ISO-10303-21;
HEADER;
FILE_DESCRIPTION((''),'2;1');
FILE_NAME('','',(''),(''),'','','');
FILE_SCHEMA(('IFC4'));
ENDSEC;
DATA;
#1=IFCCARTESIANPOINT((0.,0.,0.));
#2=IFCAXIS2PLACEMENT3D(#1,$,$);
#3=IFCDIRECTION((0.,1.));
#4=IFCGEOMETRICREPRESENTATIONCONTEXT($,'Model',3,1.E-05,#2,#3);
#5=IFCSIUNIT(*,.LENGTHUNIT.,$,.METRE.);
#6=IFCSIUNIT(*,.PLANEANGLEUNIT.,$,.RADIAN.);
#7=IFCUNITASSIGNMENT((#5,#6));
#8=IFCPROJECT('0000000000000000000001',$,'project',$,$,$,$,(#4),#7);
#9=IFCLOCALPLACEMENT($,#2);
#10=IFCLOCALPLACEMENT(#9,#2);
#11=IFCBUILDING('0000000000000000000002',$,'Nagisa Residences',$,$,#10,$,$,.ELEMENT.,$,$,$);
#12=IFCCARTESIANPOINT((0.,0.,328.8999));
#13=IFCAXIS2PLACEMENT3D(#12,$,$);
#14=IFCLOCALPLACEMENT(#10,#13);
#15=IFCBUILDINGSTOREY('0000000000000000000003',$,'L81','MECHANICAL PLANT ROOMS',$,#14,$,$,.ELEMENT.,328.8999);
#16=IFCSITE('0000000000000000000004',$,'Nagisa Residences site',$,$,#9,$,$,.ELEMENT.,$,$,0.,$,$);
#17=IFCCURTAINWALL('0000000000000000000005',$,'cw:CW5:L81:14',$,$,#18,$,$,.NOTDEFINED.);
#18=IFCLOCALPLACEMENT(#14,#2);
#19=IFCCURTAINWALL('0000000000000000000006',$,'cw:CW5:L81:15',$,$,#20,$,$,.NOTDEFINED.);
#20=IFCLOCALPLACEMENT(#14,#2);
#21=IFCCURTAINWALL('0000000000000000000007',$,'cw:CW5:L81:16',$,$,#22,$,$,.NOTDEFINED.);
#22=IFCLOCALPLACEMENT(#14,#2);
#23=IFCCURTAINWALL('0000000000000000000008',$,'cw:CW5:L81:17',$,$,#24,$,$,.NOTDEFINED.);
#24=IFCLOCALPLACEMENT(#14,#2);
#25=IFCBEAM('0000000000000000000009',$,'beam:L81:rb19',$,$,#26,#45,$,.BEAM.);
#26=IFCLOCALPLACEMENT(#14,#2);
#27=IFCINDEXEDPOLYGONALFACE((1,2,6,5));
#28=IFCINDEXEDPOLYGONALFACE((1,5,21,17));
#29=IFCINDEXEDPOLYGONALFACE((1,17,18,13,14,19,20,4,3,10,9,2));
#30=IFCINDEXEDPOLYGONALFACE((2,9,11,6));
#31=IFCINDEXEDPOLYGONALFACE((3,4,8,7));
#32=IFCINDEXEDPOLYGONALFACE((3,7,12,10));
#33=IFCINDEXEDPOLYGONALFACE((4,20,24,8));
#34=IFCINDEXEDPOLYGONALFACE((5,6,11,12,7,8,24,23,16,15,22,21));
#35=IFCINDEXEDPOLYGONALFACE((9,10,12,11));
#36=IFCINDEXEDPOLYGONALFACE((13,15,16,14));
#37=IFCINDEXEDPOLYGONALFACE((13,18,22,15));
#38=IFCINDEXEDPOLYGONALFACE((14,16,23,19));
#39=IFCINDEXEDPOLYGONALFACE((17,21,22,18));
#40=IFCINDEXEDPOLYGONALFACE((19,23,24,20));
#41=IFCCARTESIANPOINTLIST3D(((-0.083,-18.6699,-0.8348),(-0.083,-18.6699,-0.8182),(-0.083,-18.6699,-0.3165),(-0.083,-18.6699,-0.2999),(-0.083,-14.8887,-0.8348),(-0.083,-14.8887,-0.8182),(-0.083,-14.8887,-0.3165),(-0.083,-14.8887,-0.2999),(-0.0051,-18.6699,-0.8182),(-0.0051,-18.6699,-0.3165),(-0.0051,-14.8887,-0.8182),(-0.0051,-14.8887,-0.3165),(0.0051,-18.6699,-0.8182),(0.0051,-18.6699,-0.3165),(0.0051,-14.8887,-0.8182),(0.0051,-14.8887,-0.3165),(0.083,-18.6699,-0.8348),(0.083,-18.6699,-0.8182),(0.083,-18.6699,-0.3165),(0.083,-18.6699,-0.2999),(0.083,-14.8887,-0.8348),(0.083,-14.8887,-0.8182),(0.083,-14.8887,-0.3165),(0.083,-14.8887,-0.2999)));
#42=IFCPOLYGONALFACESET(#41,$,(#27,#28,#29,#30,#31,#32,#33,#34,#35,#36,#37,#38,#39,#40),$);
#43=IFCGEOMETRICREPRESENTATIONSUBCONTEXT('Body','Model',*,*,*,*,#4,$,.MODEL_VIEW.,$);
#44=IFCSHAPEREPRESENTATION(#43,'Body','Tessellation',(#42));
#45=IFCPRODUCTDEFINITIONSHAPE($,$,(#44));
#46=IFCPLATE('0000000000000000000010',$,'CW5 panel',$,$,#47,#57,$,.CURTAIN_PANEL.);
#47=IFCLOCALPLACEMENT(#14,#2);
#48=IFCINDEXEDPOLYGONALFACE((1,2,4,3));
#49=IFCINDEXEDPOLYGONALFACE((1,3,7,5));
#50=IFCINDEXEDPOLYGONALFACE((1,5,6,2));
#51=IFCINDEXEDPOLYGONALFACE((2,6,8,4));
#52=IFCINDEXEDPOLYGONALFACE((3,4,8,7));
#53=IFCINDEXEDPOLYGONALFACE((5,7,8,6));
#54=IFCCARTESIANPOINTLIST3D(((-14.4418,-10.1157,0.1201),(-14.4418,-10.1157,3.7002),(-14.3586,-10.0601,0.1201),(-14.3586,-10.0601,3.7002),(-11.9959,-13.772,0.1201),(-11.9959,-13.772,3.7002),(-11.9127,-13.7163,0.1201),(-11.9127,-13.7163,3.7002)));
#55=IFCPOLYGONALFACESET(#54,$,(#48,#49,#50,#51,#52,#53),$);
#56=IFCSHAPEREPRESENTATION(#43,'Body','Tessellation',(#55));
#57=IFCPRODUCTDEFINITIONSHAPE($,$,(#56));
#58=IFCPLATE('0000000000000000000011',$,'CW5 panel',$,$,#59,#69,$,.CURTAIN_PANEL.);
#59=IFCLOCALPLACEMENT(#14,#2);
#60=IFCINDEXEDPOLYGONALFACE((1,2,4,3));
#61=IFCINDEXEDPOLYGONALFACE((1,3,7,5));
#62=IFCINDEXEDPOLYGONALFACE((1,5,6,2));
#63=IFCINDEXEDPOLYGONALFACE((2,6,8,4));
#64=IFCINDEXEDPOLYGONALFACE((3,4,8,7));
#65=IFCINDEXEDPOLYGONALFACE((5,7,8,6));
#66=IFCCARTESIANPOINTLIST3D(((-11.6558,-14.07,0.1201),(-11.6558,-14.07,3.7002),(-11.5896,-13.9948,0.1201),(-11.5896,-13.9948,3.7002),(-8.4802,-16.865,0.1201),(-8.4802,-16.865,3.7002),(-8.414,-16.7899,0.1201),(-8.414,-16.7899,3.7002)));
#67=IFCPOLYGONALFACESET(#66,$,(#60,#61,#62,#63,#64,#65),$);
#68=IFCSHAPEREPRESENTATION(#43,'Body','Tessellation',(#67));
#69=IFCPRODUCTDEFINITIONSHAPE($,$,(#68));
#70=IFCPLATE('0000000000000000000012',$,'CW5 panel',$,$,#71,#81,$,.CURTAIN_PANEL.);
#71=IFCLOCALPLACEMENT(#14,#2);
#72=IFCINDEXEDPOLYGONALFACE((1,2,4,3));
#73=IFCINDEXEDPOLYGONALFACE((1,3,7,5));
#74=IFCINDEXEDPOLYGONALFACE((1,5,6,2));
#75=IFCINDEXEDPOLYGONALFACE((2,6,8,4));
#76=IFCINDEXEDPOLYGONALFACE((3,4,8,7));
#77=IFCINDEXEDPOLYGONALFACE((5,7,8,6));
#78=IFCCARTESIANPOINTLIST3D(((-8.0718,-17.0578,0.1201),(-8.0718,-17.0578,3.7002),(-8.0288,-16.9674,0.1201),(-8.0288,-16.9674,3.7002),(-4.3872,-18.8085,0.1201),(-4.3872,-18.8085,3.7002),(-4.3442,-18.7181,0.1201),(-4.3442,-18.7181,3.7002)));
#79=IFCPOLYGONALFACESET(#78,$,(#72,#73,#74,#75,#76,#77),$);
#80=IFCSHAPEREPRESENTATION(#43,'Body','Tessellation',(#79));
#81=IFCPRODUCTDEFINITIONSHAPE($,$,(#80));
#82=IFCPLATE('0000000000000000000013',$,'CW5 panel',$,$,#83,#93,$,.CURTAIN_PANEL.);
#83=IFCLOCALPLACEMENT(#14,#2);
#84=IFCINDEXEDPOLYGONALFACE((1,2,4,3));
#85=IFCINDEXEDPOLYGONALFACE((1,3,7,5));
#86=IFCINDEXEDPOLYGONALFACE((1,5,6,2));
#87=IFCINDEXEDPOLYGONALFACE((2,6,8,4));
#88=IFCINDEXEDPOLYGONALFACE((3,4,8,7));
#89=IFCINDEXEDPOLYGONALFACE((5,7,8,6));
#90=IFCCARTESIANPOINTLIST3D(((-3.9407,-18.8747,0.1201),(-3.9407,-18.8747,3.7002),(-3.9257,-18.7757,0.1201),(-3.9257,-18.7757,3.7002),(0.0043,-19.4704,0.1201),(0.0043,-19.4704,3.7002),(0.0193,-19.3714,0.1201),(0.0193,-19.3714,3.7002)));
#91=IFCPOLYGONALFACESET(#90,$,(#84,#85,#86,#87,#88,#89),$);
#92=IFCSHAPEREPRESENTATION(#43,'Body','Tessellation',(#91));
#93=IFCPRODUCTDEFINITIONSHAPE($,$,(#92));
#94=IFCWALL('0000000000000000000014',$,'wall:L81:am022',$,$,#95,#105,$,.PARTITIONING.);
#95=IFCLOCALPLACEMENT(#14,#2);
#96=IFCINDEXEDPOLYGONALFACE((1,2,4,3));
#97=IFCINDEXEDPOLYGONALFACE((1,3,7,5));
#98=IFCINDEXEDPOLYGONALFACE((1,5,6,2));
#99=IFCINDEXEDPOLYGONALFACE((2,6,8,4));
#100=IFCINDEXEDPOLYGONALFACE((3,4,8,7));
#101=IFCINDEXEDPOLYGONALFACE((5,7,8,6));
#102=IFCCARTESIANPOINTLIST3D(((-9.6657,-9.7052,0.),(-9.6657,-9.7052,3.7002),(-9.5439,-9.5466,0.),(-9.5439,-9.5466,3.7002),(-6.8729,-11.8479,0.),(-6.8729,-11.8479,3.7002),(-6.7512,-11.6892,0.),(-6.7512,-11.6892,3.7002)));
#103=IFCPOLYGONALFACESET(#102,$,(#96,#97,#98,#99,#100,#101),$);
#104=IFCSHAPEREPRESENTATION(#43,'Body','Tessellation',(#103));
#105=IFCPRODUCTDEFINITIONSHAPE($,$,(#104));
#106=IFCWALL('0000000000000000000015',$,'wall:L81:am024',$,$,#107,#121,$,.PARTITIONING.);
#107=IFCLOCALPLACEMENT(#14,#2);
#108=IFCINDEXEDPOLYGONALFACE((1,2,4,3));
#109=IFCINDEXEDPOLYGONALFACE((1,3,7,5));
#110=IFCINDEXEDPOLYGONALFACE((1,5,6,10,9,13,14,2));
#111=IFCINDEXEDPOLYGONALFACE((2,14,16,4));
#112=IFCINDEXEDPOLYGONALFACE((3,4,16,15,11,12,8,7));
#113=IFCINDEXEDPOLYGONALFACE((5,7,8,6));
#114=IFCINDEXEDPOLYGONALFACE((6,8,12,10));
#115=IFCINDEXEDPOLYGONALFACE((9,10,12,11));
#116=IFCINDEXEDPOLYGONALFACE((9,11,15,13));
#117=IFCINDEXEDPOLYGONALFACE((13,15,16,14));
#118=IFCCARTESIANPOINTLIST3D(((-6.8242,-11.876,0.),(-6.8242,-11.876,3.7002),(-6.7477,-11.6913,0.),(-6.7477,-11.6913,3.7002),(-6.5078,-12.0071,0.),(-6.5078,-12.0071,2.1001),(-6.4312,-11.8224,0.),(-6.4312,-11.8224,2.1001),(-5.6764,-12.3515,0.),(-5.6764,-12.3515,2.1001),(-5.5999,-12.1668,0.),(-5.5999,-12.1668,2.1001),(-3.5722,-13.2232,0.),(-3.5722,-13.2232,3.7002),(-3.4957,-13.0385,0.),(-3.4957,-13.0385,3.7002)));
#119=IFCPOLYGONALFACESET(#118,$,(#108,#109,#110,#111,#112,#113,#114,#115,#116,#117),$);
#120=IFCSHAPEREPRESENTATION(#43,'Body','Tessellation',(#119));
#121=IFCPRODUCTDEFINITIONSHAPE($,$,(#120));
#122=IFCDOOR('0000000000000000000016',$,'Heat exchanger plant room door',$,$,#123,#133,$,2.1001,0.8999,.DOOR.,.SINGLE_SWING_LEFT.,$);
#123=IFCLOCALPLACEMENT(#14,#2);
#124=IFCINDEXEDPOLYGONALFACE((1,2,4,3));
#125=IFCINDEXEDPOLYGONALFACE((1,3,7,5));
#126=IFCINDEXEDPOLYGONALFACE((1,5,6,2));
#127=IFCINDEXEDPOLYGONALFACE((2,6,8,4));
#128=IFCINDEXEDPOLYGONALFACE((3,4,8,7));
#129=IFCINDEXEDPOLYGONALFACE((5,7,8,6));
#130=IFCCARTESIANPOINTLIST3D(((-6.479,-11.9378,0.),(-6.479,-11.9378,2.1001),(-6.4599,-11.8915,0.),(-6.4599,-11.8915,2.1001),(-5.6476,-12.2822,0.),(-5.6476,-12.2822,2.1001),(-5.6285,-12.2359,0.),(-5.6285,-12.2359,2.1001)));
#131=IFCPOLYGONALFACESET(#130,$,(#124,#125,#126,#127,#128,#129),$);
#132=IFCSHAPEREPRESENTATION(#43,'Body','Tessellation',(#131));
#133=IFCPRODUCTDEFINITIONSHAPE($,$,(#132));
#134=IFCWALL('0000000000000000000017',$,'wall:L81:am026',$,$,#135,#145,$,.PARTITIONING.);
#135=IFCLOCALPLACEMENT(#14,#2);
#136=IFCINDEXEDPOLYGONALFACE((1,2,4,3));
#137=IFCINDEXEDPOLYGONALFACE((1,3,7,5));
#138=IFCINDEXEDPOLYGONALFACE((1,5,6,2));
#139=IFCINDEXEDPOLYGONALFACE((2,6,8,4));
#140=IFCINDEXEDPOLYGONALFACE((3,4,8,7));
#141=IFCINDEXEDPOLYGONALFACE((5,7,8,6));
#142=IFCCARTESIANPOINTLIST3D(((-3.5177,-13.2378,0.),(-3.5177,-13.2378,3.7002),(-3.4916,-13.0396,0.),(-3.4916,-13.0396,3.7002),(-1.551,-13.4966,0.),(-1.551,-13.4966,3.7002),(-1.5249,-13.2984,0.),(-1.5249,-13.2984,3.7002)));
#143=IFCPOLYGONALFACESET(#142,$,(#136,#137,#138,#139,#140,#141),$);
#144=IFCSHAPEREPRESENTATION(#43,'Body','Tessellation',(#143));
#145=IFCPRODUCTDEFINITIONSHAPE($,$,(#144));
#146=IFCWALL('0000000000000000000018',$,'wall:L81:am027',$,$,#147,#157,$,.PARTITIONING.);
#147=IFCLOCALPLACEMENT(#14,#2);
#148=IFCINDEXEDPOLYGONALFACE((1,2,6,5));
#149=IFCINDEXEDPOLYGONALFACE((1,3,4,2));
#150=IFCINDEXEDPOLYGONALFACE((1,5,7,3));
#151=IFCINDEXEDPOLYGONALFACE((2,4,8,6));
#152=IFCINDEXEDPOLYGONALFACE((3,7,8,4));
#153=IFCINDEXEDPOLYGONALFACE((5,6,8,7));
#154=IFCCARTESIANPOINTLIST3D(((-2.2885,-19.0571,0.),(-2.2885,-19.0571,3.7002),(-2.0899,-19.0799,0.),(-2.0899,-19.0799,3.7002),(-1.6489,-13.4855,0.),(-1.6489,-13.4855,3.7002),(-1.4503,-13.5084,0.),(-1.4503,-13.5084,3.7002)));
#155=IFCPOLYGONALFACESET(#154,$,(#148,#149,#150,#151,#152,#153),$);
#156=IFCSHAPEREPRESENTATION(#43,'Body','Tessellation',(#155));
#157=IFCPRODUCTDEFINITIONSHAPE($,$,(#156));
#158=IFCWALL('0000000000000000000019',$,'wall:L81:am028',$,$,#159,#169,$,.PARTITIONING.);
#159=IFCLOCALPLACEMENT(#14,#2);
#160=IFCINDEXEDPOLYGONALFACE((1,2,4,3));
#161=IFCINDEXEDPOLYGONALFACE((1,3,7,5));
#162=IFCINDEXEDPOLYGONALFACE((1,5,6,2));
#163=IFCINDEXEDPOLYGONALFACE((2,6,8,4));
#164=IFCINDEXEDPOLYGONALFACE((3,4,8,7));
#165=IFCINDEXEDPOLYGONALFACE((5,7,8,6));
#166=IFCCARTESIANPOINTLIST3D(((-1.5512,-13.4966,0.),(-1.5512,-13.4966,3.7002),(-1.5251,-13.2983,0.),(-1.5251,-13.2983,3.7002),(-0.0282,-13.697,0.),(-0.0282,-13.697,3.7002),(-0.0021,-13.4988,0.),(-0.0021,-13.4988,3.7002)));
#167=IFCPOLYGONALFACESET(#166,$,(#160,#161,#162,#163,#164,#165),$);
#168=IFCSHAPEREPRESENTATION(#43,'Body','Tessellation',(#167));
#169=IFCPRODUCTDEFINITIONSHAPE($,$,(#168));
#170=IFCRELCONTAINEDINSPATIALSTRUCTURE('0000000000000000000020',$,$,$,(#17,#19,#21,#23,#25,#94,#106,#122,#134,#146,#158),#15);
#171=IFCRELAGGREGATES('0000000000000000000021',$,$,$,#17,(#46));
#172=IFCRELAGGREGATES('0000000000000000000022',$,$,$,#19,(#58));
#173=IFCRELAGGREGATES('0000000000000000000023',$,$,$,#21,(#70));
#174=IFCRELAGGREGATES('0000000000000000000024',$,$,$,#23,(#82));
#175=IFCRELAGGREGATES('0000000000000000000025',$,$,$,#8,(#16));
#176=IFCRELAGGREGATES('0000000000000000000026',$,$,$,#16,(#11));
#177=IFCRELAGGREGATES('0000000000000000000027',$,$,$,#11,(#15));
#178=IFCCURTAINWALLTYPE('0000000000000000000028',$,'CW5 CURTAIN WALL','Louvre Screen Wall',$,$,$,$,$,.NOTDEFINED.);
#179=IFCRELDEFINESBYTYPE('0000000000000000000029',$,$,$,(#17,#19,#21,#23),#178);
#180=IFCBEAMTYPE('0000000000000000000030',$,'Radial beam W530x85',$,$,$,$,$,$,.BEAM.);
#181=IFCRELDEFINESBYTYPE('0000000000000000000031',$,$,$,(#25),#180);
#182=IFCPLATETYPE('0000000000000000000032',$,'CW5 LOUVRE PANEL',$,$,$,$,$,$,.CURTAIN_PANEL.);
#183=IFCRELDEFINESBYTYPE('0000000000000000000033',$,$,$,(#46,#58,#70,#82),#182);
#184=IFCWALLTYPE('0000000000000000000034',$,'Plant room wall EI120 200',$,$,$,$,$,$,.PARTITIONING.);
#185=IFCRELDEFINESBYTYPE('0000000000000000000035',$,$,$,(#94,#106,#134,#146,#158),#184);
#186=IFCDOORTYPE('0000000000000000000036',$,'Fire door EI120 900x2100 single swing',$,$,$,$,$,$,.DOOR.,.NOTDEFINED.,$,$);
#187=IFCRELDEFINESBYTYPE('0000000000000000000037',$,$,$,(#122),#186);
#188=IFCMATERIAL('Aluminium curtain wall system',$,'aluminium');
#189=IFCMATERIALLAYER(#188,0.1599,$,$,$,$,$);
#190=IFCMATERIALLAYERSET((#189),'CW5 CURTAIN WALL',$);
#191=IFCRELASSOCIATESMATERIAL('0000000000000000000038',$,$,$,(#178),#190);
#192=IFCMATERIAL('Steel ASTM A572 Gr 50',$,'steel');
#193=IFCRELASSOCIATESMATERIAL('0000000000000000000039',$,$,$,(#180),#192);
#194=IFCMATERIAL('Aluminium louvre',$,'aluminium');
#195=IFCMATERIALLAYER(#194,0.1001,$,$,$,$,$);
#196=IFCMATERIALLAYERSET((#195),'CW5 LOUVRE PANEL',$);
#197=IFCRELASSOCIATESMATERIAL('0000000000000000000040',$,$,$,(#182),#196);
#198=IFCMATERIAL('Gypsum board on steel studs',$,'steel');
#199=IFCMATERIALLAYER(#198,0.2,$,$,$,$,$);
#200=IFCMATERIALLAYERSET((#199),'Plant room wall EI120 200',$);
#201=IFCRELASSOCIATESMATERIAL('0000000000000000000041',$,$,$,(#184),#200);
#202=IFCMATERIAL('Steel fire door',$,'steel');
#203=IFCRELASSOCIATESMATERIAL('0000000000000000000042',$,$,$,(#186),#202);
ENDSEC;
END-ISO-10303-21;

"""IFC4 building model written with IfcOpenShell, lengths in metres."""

from ifc_helpers import new_model, si_unit, direction, frame, frame_2d, origin, origin_2d, place, context, subcontext, project, spatial, rectangle, i_section, extrude, material, layer, layer_set, material_profile, profile_set, type_object, element, fill, aggregate, save


model = new_model("IFC4")

# Units and contexts
model_context = context("Model", 3, precision=1e-05, world=origin(), true_north=direction((0.0, 1.0)))
body_context = subcontext(model_context, "Body", "Model", "MODEL_VIEW")
ifc_project = project(units=[si_unit("LENGTHUNIT", "METRE"), si_unit("PLANEANGLEUNIT", "RADIAN")], contexts=[model_context])

# Site, building, storey
site_placement = place(None, origin())
site = spatial("IfcSite", under=ifc_project, at=site_placement, Name="Nagisa Residences site", CompositionType="ELEMENT", RefElevation=0.0)
building_placement = place(site_placement, origin())
building = spatial("IfcBuilding", under=site, at=building_placement, Name="Nagisa Residences", CompositionType="ELEMENT")
storey_placement = place(building_placement, frame((0.0, 0.0, 328.8999)))
storey = spatial("IfcBuildingStorey", under=building, at=storey_placement, Name="L81", Description="MECHANICAL PLANT ROOMS", CompositionType="ELEMENT", Elevation=328.8999)

# Curtain walls
ifc_material_1 = material(Name="Aluminium curtain wall system", Category="aluminium")
ifc_layer_1 = layer(ifc_material_1, 0.1599)
ifc_layer_set_1 = layer_set([ifc_layer_1], Name="CW5 CURTAIN WALL")
curtain_wall_type = type_object("IfcCurtainWallType", Name="CW5 CURTAIN WALL", Description="Louvre Screen Wall", PredefinedType="NOTDEFINED", material=ifc_layer_set_1)
curtain_wall_1_placement = place(storey_placement, origin())
curtain_wall_1 = element("IfcCurtainWall", 1, at=curtain_wall_1_placement, inside=storey, type_object=curtain_wall_type, Name="cw:CW5:L81:14", PredefinedType="NOTDEFINED")
curtain_wall_2_placement = place(storey_placement, origin())
curtain_wall_2 = element("IfcCurtainWall", 2, at=curtain_wall_2_placement, inside=storey, type_object=curtain_wall_type, Name="cw:CW5:L81:15", PredefinedType="NOTDEFINED")
curtain_wall_3_placement = place(storey_placement, origin())
curtain_wall_3 = element("IfcCurtainWall", 3, at=curtain_wall_3_placement, inside=storey, type_object=curtain_wall_type, Name="cw:CW5:L81:16", PredefinedType="NOTDEFINED")
curtain_wall_4_placement = place(storey_placement, origin())
curtain_wall_4 = element("IfcCurtainWall", 4, at=curtain_wall_4_placement, inside=storey, type_object=curtain_wall_type, Name="cw:CW5:L81:17", PredefinedType="NOTDEFINED")

# Beam
ifc_material_2 = material(Name="Steel ASTM A572 Gr 50", Category="steel")
ifc_material_profile_1 = material_profile(ifc_material_2, i_section(OverallWidth=0.166, OverallDepth=0.5349, WebThickness=0.0103, FlangeThickness=0.0166, at=origin_2d()), Name="W530x85")
ifc_profile_set_1 = profile_set([ifc_material_profile_1], Name="Steel ASTM A572 Gr 50")
beam_type_1 = type_object("IfcBeamType", Name="Radial beam W530x85", PredefinedType="BEAM", material=ifc_profile_set_1)
beam_1_placement = place(storey_placement, frame((0.0, -18.6699, -0.5674), z_axis=(0.0, 1.0, 0.0), x_axis=(-1.0, 0.0, 0.0)))
element("IfcBeam", 5, at=beam_1_placement, inside=storey, type_object=beam_type_1, Name="beam:L81:rb19", PredefinedType="BEAM", context=body_context, shape_type="SweptSolid", body=[
    extrude(i_section(OverallWidth=0.166, OverallDepth=0.5349, WebThickness=0.0103, FlangeThickness=0.0166, at=origin_2d()), origin(), (0.0, 0.0, 1.0), 3.7812),
])

# Plates
ifc_material_3 = material(Name="Aluminium louvre", Category="aluminium")
ifc_layer_2 = layer(ifc_material_3, 0.1001)
ifc_layer_set_2 = layer_set([ifc_layer_2], Name="CW5 LOUVRE PANEL")
plate_type = type_object("IfcPlateType", Name="CW5 LOUVRE PANEL", PredefinedType="CURTAIN_PANEL", material=ifc_layer_set_2)
plate_1_placement = place(storey_placement, frame((-13.1772, -11.916, 0.1201), z_axis=(0.0, 0.0, 1.0), x_axis=(0.556014, -0.831173, 0.0)))
plate_1 = element("IfcPlate", 6, at=plate_1_placement, type_object=plate_type, Name="CW5 panel", PredefinedType="CURTAIN_PANEL", context=body_context, shape_type="SweptSolid", body=[
    extrude(rectangle(XDim=4.3989, YDim=0.1001, at=origin_2d()), origin(), (0.0, 0.0, 1.0), 3.5801),
])
aggregate(curtain_wall_1, [plate_1])
plate_2_placement = place(storey_placement, frame((-10.0349, -15.4299, 0.1201), z_axis=(0.0, 0.0, 1.0), x_axis=(0.750651, -0.660699, 0.0)))
plate_2 = element("IfcPlate", 7, at=plate_2_placement, type_object=plate_type, Name="CW5 panel", PredefinedType="CURTAIN_PANEL", context=body_context, shape_type="SweptSolid", body=[
    extrude(rectangle(XDim=4.2305, YDim=0.1001, at=origin_2d()), origin(), (0.0, 0.0, 1.0), 3.5801),
])
aggregate(curtain_wall_2, [plate_2])
plate_3_placement = place(storey_placement, frame((-6.208, -17.8879, 0.1201), z_axis=(0.0, 0.0, 1.0), x_axis=(0.903233, -0.429151, 0.0)))
plate_3 = element("IfcPlate", 8, at=plate_3_placement, type_object=plate_type, Name="CW5 panel", PredefinedType="CURTAIN_PANEL", context=body_context, shape_type="SweptSolid", body=[
    extrude(rectangle(XDim=4.0793, YDim=0.1001, at=origin_2d()), origin(), (0.0, 0.0, 1.0), 3.5801),
])
aggregate(curtain_wall_3, [plate_3])
plate_4_placement = place(storey_placement, frame((-1.9607, -19.123, 0.1201), z_axis=(0.0, 0.0, 1.0), x_axis=(0.988789, -0.14932, 0.0)))
plate_4 = element("IfcPlate", 9, at=plate_4_placement, type_object=plate_type, Name="CW5 panel", PredefinedType="CURTAIN_PANEL", context=body_context, shape_type="SweptSolid", body=[
    extrude(rectangle(XDim=3.9897, YDim=0.1001, at=origin_2d()), origin(), (0.0, 0.0, 1.0), 3.5801),
])
aggregate(curtain_wall_4, [plate_4])

# Wall
ifc_material_4 = material(Name="Gypsum board on steel studs", Category="steel")
ifc_layer_3 = layer(ifc_material_4, 0.2)
ifc_layer_set_3 = layer_set([ifc_layer_3], Name="Plant room wall EI120 200")
wall_type = type_object("IfcWallType", Name="Plant room wall EI120 200", PredefinedType="PARTITIONING", material=ifc_layer_set_3)
wall_1_placement = place(storey_placement, frame((-6.812, -11.7686, 0.0), z_axis=(0.0, 0.0, 1.0), x_axis=(-0.793402, 0.608698, 0.0)))
element("IfcWall", 10, at=wall_1_placement, inside=storey, type_object=wall_type, Name="wall:L81:am022", PredefinedType="PARTITIONING", context=body_context, shape_type="SweptSolid", body=[
    extrude(rectangle(XDim=3.52, YDim=0.2, at=frame_2d((1.76, 0.0))), origin(), (0.0, 0.0, 1.0), 3.7002),
])

# Wall, opening, door
wall_2_placement = place(storey_placement, frame((-3.5339, -13.1309, 0.0), z_axis=(0.0, 0.0, 1.0), x_axis=(-0.923863, 0.382723, 0.0)))
wall_2 = element("IfcWall", 11, at=wall_2_placement, inside=storey, type_object=wall_type, Name="wall:L81:am024", PredefinedType="PARTITIONING", context=body_context, shape_type="SweptSolid", body=[
    extrude(rectangle(XDim=3.52, YDim=0.2, at=frame_2d((1.76, 0.0))), origin(), (0.0, 0.0, 1.0), 3.7002),
])
opening_placement = place(wall_2_placement, frame((2.2776, 0.0, 0.0)))
opening = element("IfcOpeningElement", 12, at=opening_placement, cuts=wall_2, PredefinedType="OPENING", context=body_context, shape_type="SweptSolid", body=[
    extrude(rectangle(XDim=0.8999, YDim=2.1001, at=frame_2d((0.45, 1.05))), frame((0.0, 0.1099, 0.0), z_axis=(0.0, -1.0, 0.0), x_axis=(1.0, 0.0, 0.0)), (0.0, 0.0, 1.0), 0.22),
])
ifc_material_5 = material(Name="Steel fire door", Category="steel")
door_type = type_object("IfcDoorType", Name="Fire door EI120 900x2100 single swing", OperationType="NOTDEFINED", PredefinedType="DOOR", material=ifc_material_5)
door_placement = place(opening_placement, origin())
door = element("IfcDoor", 13, at=door_placement, inside=storey, type_object=door_type, Name="Heat exchanger plant room door", OperationType="SINGLE_SWING_LEFT", OverallHeight=2.1001, OverallWidth=0.8999, PredefinedType="DOOR", context=body_context, shape_type="SweptSolid", body=[
    extrude(rectangle(XDim=0.8999, YDim=2.1001, at=frame_2d((0.45, 1.05))), frame((0.0, 0.0249, 0.0), z_axis=(0.0, -1.0, 0.0), x_axis=(1.0, 0.0, 0.0)), (0.0, 0.0, 1.0), 0.05),
])
fill(opening, door)

# Walls
wall_3_placement = place(storey_placement, frame((-1.5381, -13.3975, 0.0), z_axis=(0.0, 0.0, 1.0), x_axis=(-0.991454, 0.130455, 0.0)))
element("IfcWall", 14, at=wall_3_placement, inside=storey, type_object=wall_type, Name="wall:L81:am026", PredefinedType="PARTITIONING", context=body_context, shape_type="SweptSolid", body=[
    extrude(rectangle(XDim=1.9836, YDim=0.2, at=frame_2d((0.9917, 0.0))), origin(), (0.0, 0.0, 1.0), 3.7002),
])
wall_4_placement = place(storey_placement, frame((-1.5496, -13.4968, 0.0), z_axis=(0.0, 0.0, 1.0), x_axis=(-0.114057, -0.993474, 0.0)))
element("IfcWall", 15, at=wall_4_placement, inside=storey, type_object=wall_type, Name="wall:L81:am027", PredefinedType="PARTITIONING", context=body_context, shape_type="SweptSolid", body=[
    extrude(rectangle(XDim=5.6082, YDim=0.2, at=frame_2d((2.8042, 0.0))), origin(), (0.0, 0.0, 1.0), 3.7002),
])
wall_5_placement = place(storey_placement, frame((-0.0151, -13.5979, 0.0), z_axis=(0.0, 0.0, 1.0), x_axis=(-0.99145, 0.130487, 0.0)))
element("IfcWall", 16, at=wall_5_placement, inside=storey, type_object=wall_type, Name="wall:L81:am028", PredefinedType="PARTITIONING", context=body_context, shape_type="SweptSolid", body=[
    extrude(rectangle(XDim=1.5361, YDim=0.2, at=frame_2d((0.7681, 0.0))), origin(), (0.0, 0.0, 1.0), 3.7002),
])

save(model, "model.ifc")
